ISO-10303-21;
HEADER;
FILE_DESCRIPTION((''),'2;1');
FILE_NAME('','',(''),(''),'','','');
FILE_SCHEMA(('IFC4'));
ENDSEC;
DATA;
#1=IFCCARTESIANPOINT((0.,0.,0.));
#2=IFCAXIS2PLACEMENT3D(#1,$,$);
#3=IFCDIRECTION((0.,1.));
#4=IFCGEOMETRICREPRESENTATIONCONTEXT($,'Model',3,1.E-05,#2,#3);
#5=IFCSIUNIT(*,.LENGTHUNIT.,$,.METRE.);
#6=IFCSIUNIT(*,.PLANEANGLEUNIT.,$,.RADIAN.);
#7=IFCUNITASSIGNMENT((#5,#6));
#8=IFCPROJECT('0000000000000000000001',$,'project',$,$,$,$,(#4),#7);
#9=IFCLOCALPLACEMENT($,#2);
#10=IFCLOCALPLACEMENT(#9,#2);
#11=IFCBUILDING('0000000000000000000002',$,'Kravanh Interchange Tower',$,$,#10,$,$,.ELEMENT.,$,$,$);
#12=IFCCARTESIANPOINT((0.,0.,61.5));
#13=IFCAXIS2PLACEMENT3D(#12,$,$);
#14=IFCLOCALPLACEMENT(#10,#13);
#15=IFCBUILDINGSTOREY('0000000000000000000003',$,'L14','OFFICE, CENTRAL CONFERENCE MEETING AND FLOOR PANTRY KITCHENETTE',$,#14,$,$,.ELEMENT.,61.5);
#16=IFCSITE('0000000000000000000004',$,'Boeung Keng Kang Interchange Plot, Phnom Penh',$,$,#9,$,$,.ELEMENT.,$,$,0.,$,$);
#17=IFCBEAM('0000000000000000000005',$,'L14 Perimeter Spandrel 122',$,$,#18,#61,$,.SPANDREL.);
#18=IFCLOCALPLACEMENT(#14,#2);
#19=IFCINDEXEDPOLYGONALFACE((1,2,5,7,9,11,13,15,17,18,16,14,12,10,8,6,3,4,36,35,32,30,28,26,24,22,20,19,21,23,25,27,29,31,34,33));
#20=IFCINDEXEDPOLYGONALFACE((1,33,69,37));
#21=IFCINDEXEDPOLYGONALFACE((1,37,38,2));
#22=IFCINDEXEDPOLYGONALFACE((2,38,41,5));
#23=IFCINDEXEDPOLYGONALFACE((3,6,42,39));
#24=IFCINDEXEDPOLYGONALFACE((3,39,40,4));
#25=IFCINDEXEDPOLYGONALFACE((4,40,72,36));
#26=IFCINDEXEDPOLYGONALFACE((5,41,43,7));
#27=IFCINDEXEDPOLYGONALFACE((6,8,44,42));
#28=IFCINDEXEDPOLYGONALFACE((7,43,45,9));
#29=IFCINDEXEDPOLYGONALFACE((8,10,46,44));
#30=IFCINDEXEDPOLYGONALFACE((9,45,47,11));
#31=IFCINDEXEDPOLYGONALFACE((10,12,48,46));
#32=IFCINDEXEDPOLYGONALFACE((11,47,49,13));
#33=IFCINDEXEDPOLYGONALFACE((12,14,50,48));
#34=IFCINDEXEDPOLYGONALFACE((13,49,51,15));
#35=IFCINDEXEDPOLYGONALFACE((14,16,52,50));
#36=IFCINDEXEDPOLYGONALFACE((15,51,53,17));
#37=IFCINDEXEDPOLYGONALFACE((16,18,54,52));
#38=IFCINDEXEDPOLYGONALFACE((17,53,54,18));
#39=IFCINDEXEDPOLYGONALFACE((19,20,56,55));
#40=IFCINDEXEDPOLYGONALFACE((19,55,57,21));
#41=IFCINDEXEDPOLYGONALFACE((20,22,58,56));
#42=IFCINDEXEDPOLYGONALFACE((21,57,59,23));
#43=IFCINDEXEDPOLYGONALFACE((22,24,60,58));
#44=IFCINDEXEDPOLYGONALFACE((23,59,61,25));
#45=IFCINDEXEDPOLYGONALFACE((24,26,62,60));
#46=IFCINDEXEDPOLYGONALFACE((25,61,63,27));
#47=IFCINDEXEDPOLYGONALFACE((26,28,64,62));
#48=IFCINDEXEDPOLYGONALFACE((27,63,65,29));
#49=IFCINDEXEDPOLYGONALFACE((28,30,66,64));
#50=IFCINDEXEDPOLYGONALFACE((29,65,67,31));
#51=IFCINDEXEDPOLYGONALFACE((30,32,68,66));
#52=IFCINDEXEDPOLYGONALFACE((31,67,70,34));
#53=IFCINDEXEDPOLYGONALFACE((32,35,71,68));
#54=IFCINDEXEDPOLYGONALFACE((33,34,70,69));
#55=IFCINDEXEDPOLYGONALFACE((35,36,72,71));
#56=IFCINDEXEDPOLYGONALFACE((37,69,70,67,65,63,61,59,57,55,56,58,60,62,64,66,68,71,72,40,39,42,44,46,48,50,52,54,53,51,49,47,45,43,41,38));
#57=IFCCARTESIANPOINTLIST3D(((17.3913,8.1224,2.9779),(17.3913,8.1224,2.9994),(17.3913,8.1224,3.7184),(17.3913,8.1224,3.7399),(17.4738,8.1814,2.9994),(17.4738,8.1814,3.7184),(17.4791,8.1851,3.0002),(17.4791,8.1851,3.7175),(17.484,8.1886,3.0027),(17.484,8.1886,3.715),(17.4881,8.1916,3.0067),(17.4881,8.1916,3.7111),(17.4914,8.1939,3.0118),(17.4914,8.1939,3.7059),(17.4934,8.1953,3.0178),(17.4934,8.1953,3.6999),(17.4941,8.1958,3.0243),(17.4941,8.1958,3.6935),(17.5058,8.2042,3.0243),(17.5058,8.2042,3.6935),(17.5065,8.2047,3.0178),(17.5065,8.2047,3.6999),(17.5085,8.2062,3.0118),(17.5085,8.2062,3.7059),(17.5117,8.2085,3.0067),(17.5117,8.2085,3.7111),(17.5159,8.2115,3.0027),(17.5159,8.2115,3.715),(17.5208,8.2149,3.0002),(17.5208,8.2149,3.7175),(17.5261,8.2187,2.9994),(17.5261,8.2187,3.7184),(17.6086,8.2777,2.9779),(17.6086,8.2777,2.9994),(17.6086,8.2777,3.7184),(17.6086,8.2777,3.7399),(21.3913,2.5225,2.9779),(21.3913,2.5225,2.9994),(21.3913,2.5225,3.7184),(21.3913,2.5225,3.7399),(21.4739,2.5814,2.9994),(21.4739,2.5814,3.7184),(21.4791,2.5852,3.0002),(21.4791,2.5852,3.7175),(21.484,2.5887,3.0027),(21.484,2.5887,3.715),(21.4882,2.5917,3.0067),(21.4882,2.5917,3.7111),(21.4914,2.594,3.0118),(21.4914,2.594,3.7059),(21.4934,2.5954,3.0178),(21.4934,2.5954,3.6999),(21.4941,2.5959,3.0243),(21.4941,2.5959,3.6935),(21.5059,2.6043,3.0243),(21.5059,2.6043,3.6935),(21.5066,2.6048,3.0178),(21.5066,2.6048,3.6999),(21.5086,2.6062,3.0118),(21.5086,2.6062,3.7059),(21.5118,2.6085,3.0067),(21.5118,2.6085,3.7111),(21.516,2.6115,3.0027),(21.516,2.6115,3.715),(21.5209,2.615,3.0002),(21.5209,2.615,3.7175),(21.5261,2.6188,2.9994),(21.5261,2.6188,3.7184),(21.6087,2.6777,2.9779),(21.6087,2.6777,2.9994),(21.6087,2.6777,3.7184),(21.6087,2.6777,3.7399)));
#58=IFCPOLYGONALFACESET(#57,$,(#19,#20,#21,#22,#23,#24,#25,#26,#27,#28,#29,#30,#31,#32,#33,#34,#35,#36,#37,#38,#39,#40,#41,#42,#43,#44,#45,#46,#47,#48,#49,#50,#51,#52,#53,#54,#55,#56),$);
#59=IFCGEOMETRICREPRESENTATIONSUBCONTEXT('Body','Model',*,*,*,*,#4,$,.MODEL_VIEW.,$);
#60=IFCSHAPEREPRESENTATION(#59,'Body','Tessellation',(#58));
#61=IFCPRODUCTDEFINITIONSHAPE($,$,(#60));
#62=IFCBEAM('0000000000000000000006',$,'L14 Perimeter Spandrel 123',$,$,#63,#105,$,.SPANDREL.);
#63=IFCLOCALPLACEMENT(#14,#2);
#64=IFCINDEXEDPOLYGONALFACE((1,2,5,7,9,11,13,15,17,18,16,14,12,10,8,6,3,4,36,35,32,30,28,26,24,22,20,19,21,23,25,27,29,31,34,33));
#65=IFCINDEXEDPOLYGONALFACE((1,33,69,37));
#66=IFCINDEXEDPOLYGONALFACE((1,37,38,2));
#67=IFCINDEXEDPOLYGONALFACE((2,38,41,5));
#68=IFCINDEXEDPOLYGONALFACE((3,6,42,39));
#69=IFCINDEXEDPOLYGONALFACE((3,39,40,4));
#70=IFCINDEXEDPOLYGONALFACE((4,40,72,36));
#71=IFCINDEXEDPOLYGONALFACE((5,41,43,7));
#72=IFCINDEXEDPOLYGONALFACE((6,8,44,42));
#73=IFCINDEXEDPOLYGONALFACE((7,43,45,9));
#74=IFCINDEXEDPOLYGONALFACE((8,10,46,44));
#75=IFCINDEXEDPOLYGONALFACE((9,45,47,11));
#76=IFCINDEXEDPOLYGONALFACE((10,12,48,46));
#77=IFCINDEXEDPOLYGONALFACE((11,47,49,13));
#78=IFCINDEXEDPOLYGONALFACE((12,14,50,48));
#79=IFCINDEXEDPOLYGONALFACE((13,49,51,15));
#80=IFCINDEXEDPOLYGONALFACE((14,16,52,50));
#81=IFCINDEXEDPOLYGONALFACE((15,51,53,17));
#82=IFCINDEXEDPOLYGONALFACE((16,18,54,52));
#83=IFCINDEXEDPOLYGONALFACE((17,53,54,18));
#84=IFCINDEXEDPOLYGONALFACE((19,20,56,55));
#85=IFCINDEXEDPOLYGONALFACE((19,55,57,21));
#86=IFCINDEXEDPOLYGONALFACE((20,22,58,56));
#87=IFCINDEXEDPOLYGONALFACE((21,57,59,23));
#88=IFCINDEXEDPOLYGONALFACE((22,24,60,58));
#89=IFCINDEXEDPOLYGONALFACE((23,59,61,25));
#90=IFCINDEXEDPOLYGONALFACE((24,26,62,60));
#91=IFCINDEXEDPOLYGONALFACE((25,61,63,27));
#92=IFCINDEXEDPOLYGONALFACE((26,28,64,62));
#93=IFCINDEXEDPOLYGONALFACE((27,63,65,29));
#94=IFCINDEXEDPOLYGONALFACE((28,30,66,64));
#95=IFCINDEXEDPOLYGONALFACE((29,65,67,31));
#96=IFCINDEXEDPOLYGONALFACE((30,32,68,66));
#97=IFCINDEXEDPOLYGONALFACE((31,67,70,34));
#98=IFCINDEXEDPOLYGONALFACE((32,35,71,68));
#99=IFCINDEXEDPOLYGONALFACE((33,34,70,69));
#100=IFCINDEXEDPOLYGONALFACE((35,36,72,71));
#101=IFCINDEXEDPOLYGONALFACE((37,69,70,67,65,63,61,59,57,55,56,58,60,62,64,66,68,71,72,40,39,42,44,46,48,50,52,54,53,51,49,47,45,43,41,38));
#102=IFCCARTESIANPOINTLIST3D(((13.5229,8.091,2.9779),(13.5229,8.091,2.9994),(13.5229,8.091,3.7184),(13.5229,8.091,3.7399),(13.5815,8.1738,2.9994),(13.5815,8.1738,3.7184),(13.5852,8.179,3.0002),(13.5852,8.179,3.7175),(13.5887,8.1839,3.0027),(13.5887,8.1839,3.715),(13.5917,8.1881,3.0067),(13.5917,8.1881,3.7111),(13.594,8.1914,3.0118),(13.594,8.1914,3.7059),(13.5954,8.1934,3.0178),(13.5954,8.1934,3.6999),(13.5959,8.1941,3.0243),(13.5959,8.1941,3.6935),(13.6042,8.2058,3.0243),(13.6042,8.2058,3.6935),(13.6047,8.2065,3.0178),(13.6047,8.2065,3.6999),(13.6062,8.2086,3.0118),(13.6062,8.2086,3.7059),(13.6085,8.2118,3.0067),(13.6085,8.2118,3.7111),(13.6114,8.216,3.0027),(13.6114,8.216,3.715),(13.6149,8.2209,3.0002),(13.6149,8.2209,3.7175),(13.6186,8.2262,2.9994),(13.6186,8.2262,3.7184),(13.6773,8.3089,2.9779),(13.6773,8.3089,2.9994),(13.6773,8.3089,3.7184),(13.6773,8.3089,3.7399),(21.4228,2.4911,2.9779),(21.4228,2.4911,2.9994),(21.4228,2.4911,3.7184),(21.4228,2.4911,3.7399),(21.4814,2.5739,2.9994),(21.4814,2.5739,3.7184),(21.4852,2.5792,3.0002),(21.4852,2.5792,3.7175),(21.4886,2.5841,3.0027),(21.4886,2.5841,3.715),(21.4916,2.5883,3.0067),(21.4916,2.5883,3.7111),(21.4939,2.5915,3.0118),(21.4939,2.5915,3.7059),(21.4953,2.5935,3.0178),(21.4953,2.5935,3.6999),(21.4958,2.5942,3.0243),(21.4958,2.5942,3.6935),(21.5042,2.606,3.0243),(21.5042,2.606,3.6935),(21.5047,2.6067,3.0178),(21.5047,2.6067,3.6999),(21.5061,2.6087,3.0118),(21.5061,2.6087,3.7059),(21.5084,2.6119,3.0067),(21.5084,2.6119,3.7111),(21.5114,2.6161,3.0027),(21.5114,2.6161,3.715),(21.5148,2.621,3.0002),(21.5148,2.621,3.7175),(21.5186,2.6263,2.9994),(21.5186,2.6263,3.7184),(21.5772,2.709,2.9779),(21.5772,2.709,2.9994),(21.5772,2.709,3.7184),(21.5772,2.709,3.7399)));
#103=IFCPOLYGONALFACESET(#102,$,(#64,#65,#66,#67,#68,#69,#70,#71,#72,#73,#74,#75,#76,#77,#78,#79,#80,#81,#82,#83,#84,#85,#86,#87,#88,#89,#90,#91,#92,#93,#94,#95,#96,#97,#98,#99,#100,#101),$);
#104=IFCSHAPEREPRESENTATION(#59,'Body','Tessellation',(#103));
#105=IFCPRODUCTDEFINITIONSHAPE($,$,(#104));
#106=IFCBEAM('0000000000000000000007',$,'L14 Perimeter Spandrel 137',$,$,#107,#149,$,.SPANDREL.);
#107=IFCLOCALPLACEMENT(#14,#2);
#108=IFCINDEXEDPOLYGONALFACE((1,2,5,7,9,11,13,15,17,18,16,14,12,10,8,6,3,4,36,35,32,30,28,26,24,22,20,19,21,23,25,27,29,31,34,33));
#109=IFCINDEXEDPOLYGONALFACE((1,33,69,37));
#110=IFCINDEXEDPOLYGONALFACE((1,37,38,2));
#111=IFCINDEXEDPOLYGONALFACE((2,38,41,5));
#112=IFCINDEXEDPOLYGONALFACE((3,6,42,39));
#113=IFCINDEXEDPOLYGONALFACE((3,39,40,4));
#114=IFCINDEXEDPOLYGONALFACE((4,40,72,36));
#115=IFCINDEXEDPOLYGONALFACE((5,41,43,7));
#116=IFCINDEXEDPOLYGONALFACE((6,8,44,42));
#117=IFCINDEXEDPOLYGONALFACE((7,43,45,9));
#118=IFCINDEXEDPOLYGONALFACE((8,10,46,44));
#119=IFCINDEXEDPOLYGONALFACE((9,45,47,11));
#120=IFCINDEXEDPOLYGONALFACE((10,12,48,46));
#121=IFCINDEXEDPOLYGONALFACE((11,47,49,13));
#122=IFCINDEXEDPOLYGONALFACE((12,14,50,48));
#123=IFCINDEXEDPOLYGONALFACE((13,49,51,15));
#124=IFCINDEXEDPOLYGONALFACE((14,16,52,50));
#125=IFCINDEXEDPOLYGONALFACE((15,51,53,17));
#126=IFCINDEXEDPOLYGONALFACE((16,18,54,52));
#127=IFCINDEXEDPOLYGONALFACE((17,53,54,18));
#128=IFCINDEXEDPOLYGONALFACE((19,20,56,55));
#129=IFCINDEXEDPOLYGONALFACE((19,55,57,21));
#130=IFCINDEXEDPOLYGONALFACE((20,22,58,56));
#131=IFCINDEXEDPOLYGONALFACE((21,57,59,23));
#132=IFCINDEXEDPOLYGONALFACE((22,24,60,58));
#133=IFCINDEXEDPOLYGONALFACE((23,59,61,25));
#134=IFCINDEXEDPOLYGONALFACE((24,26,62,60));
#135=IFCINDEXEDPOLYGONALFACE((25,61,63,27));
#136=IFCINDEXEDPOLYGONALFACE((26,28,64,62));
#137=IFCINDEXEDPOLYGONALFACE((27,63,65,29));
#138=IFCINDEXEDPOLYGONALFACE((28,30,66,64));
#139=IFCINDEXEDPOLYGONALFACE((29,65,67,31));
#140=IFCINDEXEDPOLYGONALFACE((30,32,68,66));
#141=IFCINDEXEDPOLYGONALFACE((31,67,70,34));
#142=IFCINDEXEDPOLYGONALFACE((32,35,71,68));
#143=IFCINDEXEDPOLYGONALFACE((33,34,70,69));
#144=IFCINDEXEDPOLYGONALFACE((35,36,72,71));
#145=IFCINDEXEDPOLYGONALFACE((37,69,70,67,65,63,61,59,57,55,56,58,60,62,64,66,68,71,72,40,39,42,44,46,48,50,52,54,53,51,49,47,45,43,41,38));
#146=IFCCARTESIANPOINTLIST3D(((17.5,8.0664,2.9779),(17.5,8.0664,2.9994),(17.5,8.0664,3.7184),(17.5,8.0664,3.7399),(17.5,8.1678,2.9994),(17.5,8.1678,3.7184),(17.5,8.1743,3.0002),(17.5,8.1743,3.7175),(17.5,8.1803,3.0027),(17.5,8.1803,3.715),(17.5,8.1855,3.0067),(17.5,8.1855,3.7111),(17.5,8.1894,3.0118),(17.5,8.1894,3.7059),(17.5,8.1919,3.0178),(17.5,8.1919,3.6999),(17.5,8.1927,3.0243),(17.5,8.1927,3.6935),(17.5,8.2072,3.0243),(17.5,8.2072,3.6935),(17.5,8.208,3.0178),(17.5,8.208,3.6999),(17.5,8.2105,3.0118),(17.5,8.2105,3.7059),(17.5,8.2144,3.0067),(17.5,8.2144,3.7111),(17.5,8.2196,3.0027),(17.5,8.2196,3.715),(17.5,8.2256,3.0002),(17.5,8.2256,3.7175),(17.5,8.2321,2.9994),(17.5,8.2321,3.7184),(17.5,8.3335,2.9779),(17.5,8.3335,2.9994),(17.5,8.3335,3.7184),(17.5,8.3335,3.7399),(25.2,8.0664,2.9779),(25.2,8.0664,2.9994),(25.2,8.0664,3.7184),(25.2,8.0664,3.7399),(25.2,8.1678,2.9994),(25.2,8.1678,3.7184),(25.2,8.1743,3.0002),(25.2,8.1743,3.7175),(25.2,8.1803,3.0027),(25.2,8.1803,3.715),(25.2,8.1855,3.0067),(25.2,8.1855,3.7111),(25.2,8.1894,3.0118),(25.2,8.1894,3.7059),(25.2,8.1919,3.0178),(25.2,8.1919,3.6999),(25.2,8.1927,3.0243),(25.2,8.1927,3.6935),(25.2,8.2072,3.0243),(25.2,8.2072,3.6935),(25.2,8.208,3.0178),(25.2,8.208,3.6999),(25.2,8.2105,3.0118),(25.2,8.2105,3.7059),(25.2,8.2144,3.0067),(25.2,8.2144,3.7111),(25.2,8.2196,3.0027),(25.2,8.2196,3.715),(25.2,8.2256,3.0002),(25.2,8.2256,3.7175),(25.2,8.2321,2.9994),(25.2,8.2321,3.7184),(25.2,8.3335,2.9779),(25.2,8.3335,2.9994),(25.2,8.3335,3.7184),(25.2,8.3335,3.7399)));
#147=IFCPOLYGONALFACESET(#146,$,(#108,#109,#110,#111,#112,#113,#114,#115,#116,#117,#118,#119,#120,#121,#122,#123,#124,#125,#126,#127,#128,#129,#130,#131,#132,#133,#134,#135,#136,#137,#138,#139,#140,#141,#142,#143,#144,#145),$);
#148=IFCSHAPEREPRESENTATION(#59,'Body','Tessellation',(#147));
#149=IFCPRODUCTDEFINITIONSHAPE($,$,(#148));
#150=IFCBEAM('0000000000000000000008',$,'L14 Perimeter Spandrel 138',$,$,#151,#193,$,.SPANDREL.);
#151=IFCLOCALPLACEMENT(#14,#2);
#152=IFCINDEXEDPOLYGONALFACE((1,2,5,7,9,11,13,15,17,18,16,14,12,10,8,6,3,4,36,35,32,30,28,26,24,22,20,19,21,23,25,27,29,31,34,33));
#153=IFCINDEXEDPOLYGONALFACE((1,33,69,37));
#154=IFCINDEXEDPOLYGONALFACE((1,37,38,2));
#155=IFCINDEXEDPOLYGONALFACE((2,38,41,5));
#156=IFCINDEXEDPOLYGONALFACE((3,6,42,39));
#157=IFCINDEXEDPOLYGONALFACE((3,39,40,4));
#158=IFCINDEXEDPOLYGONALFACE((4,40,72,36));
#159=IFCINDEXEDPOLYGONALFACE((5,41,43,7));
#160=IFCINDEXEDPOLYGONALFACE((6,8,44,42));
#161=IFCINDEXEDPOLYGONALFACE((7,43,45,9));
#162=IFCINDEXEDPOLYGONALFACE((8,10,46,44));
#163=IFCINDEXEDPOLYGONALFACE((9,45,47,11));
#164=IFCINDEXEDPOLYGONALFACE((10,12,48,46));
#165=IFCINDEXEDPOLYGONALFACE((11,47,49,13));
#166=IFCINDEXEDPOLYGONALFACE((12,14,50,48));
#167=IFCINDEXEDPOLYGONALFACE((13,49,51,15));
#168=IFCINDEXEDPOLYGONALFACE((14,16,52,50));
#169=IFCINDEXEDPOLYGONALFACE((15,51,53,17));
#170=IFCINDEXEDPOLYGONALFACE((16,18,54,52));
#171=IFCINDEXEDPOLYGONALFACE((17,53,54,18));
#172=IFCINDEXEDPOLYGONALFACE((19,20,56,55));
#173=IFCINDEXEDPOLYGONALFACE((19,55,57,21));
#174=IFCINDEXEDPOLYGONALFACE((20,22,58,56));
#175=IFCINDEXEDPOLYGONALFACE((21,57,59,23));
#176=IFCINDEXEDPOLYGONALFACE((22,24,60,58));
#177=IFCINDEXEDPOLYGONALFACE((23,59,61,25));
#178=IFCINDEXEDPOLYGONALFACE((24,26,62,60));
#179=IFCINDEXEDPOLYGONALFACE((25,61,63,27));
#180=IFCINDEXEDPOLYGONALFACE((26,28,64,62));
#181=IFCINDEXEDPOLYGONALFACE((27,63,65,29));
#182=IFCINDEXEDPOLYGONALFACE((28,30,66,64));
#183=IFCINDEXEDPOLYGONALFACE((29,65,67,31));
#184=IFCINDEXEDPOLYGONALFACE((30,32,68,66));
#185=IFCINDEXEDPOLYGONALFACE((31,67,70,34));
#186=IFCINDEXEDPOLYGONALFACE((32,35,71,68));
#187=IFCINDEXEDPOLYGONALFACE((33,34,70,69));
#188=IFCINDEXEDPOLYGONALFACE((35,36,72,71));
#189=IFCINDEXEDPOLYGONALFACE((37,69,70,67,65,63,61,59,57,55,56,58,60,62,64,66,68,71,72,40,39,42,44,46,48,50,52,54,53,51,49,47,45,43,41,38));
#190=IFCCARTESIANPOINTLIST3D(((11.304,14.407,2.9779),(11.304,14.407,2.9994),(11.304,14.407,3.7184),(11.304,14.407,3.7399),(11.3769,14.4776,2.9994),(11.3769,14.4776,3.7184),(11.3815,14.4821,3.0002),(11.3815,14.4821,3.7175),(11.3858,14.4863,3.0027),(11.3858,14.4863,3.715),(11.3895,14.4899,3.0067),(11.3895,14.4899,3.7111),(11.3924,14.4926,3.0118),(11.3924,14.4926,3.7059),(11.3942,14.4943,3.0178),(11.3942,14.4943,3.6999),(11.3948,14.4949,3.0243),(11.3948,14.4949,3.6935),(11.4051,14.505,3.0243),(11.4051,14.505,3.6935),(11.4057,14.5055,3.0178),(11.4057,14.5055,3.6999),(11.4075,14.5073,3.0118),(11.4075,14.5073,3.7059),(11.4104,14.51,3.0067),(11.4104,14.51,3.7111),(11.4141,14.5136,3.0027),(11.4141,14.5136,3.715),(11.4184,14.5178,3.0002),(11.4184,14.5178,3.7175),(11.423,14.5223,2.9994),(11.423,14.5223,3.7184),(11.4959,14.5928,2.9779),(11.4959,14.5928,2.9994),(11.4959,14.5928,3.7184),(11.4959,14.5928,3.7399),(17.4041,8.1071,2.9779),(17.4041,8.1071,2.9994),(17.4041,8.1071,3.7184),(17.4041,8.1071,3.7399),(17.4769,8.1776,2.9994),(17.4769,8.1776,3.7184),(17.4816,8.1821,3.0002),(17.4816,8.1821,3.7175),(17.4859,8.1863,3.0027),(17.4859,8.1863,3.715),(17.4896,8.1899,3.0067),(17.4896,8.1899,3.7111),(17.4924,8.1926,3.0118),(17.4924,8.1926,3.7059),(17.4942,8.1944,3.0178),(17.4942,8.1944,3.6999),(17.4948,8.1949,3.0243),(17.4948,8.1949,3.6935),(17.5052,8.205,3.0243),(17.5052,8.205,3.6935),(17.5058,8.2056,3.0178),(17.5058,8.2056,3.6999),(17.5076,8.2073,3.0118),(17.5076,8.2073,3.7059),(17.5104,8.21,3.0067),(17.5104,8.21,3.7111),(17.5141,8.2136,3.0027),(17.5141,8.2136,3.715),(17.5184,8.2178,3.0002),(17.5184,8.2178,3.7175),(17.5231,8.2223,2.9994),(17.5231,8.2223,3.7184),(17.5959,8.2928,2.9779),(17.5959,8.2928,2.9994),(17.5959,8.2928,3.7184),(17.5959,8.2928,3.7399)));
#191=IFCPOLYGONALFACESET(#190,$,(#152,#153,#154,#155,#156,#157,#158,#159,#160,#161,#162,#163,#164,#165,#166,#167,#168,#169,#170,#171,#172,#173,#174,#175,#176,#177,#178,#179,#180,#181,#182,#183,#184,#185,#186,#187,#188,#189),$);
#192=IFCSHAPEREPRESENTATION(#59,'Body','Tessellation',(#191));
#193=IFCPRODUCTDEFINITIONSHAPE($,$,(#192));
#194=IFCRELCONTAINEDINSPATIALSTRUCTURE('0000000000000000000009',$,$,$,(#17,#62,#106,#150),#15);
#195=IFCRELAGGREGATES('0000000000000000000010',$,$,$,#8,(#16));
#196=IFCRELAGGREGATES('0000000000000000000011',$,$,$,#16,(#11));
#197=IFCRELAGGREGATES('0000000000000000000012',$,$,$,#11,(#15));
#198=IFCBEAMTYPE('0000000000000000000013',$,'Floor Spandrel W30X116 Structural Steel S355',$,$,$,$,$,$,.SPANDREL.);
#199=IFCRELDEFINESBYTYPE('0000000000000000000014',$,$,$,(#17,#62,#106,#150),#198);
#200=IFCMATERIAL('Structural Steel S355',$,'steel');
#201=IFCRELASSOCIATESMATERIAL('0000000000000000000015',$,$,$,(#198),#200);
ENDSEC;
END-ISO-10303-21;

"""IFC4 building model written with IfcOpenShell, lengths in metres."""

from ifc_helpers import new_model, si_unit, direction, frame, origin, origin_2d, place, context, subcontext, project, spatial, i_section, extrude, material, material_profile, profile_set, type_object, element, save


model = new_model("IFC4")

# Units and contexts
model_context = context("Model", 3, precision=1e-05, world=origin(), true_north=direction((0.0, 1.0)))
body_context = subcontext(model_context, "Body", "Model", "MODEL_VIEW")
ifc_project = project(units=[si_unit("LENGTHUNIT", "METRE"), si_unit("PLANEANGLEUNIT", "RADIAN")], contexts=[model_context])

# Site, building, storey
site_placement = place(None, origin())
site = spatial("IfcSite", under=ifc_project, at=site_placement, Name="Boeung Keng Kang Interchange Plot, Phnom Penh", CompositionType="ELEMENT", RefElevation=0.0)
building_placement = place(site_placement, origin())
building = spatial("IfcBuilding", under=site, at=building_placement, Name="Kravanh Interchange Tower", CompositionType="ELEMENT")
storey_placement = place(building_placement, frame((0.0, 0.0, 61.5)))
storey = spatial("IfcBuildingStorey", under=building, at=storey_placement, Name="L14", Description="OFFICE, CENTRAL CONFERENCE MEETING AND FLOOR PANTRY KITCHENETTE", CompositionType="ELEMENT", Elevation=61.5)

# Beams
ifc_material_1 = material(Name="Structural Steel S355", Category="steel")
ifc_material_profile_1 = material_profile(ifc_material_1, i_section(OverallWidth=0.2671, OverallDepth=0.762, WebThickness=0.0144, FlangeThickness=0.0215, FilletRadius=0.0249, at=origin_2d()), Name="W30X116")
ifc_profile_set_1 = profile_set([ifc_material_profile_1], Name="Structural Steel S355")
beam_type_1 = type_object("IfcBeamType", Name="Floor Spandrel W30X116 Structural Steel S355", PredefinedType="SPANDREL", material=ifc_profile_set_1)
beam_1_placement = place(storey_placement, frame((21.5, 2.6001, 3.3589), z_axis=(-0.581248, 0.813726, 0.0), x_axis=(-0.813726, -0.581248, 0.0)))
element("IfcBeam", 1, at=beam_1_placement, inside=storey, type_object=beam_type_1, Name="L14 Perimeter Spandrel 122", PredefinedType="SPANDREL", context=body_context, shape_type="SweptSolid", body=[
    extrude(i_section(OverallWidth=0.2671, OverallDepth=0.762, WebThickness=0.0144, FlangeThickness=0.0215, FilletRadius=0.0249, at=origin_2d()), origin(), (0.0, 0.0, 1.0), 6.8818),
])
beam_2_placement = place(storey_placement, frame((21.5, 2.6001, 3.3589), z_axis=(-0.815825, 0.578299, 0.0), x_axis=(-0.578299, -0.815825, 0.0)))
element("IfcBeam", 2, at=beam_2_placement, inside=storey, type_object=beam_type_1, Name="L14 Perimeter Spandrel 123", PredefinedType="SPANDREL", context=body_context, shape_type="SweptSolid", body=[
    extrude(i_section(OverallWidth=0.2671, OverallDepth=0.762, WebThickness=0.0144, FlangeThickness=0.0215, FilletRadius=0.0249, at=origin_2d()), origin(), (0.0, 0.0, 1.0), 9.6833),
])
beam_3_placement = place(storey_placement, frame((17.5, 8.2, 3.3589), z_axis=(1.0, 0.0, 0.0), x_axis=(0.0, 1.0, 0.0)))
element("IfcBeam", 3, at=beam_3_placement, inside=storey, type_object=beam_type_1, Name="L14 Perimeter Spandrel 137", PredefinedType="SPANDREL", context=body_context, shape_type="SweptSolid", body=[
    extrude(i_section(OverallWidth=0.2671, OverallDepth=0.762, WebThickness=0.0144, FlangeThickness=0.0215, FilletRadius=0.0249, at=origin_2d()), origin(), (0.0, 0.0, 1.0), 7.7),
])
beam_4_placement = place(storey_placement, frame((17.5, 8.2, 3.3589), z_axis=(-0.695614, 0.718415, 0.0), x_axis=(-0.718415, -0.695614, 0.0)))
element("IfcBeam", 4, at=beam_4_placement, inside=storey, type_object=beam_type_1, Name="L14 Perimeter Spandrel 138", PredefinedType="SPANDREL", context=body_context, shape_type="SweptSolid", body=[
    extrude(i_section(OverallWidth=0.2671, OverallDepth=0.762, WebThickness=0.0144, FlangeThickness=0.0215, FilletRadius=0.0249, at=origin_2d()), origin(), (0.0, 0.0, 1.0), 8.7693),
])

save(model, "model.ifc")
